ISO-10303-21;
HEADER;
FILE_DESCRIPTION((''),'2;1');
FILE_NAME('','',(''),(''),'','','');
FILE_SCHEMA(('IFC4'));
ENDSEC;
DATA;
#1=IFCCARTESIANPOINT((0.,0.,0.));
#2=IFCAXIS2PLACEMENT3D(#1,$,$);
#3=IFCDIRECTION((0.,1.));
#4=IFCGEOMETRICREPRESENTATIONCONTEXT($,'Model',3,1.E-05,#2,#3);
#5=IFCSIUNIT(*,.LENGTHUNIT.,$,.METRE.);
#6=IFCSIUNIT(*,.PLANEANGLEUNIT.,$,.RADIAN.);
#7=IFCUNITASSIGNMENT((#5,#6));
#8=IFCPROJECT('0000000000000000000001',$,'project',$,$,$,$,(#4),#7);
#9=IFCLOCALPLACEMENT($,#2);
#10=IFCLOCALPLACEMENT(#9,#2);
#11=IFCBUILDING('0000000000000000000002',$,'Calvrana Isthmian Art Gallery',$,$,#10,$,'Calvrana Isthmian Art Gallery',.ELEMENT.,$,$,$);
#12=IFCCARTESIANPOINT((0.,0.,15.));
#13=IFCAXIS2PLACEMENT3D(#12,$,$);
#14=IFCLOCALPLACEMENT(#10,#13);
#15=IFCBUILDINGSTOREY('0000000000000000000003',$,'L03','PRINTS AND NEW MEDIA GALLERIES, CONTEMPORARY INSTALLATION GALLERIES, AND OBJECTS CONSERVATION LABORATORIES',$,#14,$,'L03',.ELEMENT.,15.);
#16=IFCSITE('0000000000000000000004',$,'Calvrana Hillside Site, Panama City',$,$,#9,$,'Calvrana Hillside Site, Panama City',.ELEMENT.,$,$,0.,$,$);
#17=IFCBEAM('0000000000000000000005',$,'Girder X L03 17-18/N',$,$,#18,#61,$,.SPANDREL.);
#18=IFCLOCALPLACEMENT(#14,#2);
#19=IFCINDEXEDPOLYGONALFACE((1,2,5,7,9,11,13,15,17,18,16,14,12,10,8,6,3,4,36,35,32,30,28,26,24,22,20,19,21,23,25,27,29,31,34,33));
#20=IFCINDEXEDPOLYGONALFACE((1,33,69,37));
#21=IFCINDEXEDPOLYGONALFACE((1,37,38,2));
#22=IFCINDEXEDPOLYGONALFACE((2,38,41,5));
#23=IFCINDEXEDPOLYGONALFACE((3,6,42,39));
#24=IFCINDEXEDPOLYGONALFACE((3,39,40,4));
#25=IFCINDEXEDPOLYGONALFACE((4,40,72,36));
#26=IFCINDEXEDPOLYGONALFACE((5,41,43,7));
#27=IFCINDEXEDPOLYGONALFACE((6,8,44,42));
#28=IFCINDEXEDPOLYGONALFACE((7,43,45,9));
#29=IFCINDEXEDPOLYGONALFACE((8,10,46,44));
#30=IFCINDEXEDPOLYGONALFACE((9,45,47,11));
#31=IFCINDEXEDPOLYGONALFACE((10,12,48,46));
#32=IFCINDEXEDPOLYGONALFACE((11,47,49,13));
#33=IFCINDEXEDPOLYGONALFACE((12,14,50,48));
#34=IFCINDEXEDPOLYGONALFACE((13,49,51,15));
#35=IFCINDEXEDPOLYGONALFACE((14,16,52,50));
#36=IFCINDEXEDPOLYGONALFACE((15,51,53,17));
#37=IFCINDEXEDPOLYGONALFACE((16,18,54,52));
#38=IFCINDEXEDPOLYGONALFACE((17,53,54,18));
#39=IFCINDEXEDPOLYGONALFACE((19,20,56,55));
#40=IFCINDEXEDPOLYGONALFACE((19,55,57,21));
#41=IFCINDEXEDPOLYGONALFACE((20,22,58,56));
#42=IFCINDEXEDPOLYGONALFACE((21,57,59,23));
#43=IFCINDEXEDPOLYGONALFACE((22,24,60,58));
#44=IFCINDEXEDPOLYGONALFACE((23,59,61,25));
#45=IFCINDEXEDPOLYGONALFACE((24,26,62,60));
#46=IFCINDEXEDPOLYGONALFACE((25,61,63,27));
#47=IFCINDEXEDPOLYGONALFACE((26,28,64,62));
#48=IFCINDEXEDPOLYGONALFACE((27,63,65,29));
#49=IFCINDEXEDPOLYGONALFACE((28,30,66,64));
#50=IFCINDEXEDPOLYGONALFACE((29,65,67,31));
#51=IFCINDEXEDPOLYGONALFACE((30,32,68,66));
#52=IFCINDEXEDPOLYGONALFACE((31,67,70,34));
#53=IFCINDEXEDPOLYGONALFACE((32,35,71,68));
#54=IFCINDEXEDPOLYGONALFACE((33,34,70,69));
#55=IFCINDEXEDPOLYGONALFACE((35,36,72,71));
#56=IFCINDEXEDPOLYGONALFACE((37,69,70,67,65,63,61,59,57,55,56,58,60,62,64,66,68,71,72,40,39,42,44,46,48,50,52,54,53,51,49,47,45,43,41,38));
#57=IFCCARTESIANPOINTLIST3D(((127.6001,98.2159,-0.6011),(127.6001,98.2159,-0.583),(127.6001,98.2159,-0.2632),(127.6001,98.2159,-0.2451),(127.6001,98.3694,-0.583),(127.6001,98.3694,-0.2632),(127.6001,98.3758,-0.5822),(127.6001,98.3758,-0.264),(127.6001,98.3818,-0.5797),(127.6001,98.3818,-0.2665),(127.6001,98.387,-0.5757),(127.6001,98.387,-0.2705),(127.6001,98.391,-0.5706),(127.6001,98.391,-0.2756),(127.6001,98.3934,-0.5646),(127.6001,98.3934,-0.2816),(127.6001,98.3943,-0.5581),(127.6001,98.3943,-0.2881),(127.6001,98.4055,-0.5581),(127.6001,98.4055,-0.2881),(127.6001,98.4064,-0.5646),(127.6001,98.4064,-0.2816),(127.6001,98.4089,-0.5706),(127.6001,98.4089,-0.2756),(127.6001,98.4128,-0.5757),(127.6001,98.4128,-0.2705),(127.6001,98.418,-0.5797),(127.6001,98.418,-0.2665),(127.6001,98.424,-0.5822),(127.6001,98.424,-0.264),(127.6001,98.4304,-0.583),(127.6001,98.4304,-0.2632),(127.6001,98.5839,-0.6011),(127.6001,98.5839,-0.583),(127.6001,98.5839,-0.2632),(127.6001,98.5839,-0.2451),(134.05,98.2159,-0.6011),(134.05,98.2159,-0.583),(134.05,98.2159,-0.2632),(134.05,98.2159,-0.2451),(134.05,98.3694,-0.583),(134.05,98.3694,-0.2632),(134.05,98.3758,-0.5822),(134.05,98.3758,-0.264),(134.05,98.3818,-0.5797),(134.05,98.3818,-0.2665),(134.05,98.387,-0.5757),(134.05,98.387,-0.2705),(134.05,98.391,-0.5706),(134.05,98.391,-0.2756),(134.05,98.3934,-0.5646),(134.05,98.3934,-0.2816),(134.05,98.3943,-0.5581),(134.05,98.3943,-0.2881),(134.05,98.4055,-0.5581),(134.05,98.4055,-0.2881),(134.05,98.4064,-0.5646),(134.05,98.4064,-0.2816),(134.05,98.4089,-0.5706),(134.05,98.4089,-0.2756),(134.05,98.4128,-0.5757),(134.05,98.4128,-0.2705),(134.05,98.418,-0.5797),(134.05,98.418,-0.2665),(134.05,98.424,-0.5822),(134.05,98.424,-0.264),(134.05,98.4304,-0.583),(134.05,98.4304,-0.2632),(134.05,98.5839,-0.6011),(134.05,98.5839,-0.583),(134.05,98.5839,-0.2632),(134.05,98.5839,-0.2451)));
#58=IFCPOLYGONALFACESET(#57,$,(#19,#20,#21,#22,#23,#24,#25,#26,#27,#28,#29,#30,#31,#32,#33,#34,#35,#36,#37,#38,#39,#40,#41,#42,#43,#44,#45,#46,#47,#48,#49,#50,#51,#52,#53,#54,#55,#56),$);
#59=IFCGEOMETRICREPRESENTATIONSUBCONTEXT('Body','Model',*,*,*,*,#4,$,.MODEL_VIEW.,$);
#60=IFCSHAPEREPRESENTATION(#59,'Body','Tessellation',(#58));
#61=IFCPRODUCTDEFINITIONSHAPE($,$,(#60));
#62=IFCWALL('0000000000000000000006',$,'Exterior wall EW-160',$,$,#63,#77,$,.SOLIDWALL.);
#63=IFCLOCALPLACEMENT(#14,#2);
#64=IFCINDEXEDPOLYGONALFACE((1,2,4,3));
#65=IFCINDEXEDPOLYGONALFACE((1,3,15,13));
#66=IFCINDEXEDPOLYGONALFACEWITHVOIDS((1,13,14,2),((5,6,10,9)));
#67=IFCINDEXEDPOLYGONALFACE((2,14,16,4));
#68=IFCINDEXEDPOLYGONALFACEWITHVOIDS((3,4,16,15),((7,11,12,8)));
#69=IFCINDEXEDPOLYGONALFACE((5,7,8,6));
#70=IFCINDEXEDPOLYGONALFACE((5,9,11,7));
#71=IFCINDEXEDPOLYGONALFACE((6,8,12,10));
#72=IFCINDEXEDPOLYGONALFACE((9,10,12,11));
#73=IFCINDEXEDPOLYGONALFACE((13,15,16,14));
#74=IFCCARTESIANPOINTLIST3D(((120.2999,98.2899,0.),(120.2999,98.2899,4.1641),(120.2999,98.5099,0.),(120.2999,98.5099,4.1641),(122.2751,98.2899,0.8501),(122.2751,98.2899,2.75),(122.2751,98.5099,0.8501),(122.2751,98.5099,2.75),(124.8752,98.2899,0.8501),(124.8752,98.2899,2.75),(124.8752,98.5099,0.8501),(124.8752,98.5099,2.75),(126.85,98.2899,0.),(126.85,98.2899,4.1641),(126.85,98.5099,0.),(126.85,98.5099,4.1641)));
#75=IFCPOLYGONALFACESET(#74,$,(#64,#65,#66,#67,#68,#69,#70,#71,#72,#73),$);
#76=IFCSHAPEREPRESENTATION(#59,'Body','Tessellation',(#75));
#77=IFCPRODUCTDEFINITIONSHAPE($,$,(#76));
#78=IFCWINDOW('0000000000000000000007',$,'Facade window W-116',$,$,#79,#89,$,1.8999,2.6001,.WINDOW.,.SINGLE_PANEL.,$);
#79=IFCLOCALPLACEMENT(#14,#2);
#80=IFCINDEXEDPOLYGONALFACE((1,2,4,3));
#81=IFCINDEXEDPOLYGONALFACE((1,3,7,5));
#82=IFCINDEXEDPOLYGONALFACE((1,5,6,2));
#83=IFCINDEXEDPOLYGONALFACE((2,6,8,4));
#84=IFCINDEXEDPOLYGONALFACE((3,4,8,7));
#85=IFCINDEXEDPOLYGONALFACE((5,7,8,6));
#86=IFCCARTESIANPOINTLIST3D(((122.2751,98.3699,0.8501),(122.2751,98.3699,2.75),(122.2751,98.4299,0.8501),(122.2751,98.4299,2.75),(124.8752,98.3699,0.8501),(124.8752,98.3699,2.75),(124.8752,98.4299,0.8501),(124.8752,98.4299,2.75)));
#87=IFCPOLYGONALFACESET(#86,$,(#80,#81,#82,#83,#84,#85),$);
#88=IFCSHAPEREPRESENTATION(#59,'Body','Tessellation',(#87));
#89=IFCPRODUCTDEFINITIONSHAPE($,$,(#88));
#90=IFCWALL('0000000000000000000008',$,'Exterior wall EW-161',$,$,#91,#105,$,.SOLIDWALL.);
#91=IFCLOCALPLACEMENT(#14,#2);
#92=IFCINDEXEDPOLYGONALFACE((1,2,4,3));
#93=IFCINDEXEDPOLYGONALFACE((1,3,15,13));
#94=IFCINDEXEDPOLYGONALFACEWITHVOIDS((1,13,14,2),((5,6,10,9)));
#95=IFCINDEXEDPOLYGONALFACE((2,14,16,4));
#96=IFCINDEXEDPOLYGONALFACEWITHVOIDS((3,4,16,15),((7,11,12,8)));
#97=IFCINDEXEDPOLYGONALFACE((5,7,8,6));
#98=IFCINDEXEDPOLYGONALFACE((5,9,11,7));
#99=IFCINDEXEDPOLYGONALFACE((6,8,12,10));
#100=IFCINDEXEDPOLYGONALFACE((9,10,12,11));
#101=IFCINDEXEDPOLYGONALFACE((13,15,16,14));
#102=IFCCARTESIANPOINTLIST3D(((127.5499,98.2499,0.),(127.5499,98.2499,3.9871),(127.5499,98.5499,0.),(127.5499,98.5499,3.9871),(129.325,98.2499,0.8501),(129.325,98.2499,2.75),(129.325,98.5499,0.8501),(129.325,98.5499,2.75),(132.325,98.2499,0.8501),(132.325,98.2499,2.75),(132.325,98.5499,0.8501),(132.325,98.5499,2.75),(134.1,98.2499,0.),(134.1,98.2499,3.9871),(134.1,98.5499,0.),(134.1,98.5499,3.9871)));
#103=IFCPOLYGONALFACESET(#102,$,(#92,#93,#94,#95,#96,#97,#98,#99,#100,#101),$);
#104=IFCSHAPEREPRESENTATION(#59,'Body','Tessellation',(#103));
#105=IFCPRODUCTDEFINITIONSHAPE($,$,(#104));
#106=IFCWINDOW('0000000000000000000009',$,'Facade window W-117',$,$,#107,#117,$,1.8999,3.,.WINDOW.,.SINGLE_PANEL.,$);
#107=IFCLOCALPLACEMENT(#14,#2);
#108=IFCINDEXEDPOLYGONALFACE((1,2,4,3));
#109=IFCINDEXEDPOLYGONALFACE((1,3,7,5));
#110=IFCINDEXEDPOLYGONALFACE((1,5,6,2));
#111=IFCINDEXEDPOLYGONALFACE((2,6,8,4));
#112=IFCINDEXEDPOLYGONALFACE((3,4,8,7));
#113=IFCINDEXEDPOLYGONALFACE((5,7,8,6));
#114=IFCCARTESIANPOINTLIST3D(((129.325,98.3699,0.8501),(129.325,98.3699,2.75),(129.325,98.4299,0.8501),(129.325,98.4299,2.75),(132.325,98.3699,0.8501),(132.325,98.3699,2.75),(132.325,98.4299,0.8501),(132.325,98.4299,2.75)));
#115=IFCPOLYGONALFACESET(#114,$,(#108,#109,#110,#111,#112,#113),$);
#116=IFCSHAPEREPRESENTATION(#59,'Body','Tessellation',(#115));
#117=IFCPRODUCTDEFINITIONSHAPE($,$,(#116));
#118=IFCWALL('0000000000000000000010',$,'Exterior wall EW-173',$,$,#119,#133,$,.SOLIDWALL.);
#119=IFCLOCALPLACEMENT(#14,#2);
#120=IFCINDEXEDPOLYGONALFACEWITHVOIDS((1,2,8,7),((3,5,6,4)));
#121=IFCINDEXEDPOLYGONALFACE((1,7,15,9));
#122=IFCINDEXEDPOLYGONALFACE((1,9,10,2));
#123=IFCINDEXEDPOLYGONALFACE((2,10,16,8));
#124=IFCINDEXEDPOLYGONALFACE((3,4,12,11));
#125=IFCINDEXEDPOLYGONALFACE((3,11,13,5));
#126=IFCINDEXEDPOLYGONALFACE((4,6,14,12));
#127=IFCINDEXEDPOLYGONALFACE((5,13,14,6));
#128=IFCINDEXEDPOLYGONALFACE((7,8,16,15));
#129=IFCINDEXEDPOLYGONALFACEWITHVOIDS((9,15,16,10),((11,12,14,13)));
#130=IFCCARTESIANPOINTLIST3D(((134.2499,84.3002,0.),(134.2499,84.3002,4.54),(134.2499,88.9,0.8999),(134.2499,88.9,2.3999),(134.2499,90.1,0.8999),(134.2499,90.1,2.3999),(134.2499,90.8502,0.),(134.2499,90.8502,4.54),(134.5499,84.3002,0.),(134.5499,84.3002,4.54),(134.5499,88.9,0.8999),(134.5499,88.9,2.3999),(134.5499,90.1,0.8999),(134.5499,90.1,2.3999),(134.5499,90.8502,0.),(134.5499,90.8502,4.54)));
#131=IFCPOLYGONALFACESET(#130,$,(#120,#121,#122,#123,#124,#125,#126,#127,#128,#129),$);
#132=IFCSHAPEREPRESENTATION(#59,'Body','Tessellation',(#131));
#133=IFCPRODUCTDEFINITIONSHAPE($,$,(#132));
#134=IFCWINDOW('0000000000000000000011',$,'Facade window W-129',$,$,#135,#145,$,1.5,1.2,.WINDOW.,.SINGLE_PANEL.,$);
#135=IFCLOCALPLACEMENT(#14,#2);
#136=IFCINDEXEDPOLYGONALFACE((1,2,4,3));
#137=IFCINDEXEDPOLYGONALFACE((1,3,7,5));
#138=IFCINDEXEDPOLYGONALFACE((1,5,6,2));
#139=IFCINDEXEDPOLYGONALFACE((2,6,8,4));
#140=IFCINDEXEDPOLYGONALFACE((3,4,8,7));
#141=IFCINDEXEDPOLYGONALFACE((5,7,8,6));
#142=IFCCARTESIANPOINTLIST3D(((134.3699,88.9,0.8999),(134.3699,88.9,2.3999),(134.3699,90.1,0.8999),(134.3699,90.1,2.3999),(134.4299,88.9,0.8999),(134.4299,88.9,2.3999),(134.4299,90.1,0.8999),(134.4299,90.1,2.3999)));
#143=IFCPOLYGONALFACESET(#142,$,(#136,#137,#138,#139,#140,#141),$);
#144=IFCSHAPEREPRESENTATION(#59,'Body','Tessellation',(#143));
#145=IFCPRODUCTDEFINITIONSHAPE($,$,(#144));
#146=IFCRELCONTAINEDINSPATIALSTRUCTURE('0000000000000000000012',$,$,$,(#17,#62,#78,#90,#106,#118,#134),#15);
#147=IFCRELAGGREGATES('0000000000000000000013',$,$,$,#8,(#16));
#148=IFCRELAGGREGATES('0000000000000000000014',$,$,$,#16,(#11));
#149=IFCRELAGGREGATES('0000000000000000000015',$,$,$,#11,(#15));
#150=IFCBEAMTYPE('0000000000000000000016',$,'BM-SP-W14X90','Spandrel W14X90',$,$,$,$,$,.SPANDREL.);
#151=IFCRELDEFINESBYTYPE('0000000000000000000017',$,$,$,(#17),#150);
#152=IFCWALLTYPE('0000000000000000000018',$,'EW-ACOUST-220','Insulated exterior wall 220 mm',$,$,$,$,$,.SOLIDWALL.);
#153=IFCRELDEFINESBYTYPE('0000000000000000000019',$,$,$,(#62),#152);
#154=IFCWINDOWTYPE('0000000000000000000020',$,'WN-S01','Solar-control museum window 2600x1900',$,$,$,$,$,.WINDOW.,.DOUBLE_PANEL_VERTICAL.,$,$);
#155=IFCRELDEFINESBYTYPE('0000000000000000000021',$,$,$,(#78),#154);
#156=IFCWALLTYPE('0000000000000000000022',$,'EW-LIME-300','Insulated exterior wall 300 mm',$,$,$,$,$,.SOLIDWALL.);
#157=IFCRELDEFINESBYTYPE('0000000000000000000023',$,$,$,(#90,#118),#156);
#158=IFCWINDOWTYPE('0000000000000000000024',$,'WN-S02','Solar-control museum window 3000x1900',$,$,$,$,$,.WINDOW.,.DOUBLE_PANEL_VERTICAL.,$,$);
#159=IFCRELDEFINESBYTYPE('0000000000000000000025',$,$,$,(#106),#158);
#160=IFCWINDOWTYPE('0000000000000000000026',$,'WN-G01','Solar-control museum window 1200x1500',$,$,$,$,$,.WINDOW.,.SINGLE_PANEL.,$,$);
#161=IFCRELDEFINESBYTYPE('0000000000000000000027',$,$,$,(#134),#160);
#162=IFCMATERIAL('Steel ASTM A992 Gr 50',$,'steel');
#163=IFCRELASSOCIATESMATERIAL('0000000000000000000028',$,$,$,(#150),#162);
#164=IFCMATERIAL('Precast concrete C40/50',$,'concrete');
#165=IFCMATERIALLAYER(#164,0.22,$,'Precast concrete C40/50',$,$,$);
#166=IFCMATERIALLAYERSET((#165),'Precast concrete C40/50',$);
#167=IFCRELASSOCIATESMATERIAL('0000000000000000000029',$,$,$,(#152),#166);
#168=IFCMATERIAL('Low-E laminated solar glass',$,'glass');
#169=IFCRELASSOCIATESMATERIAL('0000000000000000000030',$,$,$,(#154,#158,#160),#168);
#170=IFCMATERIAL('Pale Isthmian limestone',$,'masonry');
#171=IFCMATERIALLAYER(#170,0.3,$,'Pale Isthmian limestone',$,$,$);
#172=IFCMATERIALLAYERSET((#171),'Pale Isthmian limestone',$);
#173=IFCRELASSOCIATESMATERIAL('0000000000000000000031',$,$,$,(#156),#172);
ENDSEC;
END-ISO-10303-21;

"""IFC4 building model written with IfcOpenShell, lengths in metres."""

from ifc_helpers import new_model, si_unit, direction, frame, frame_2d, origin, origin_2d, place, context, subcontext, project, spatial, rectangle, i_section, extrude, material, layer, layer_set, material_profile, profile_set, type_object, element, fill, save


model = new_model("IFC4")

# Units and contexts
model_context = context("Model", 3, precision=1e-05, world=origin(), true_north=direction((0.0, 1.0)))
body_context = subcontext(model_context, "Body", "Model", "MODEL_VIEW")
ifc_project = project(units=[si_unit("LENGTHUNIT", "METRE"), si_unit("PLANEANGLEUNIT", "RADIAN")], contexts=[model_context])

# Site, building, storey
site_placement = place(None, origin())
site = spatial("IfcSite", under=ifc_project, at=site_placement, Name="Calvrana Hillside Site, Panama City", LongName="Calvrana Hillside Site, Panama City", CompositionType="ELEMENT", RefElevation=0.0)
building_placement = place(site_placement, origin())
building = spatial("IfcBuilding", under=site, at=building_placement, Name="Calvrana Isthmian Art Gallery", LongName="Calvrana Isthmian Art Gallery", CompositionType="ELEMENT")
storey_placement = place(building_placement, frame((0.0, 0.0, 15.0)))
storey = spatial("IfcBuildingStorey", under=building, at=storey_placement, Name="L03", Description="PRINTS AND NEW MEDIA GALLERIES, CONTEMPORARY INSTALLATION GALLERIES, AND OBJECTS CONSERVATION LABORATORIES", LongName="L03", CompositionType="ELEMENT", Elevation=15.0)

# Beam
ifc_material_1 = material(Name="Steel ASTM A992 Gr 50", Category="steel")
ifc_material_profile_1 = material_profile(ifc_material_1, i_section(OverallWidth=0.3679, OverallDepth=0.356, WebThickness=0.0112, FlangeThickness=0.0181, FilletRadius=0.0249, at=origin_2d()), Name="W14X90")
ifc_profile_set_1 = profile_set([ifc_material_profile_1], Name="Steel ASTM A992 Gr 50")
beam_type_1 = type_object("IfcBeamType", Name="BM-SP-W14X90", Description="Spandrel W14X90", PredefinedType="SPANDREL", material=ifc_profile_set_1)
beam_1_placement = place(storey_placement, frame((127.6001, 98.3999, -0.4231), z_axis=(1.0, 0.0, 0.0), x_axis=(0.0, 1.0, 0.0)))
element("IfcBeam", 1, at=beam_1_placement, inside=storey, type_object=beam_type_1, Name="Girder X L03 17-18/N", PredefinedType="SPANDREL", context=body_context, shape_type="SweptSolid", body=[
    extrude(i_section(OverallWidth=0.3679, OverallDepth=0.356, WebThickness=0.0112, FlangeThickness=0.0181, FilletRadius=0.0249, at=origin_2d()), origin(), (0.0, 0.0, 1.0), 6.45),
])

# Walls, openings, windows
ifc_material_2 = material(Name="Precast concrete C40/50", Category="concrete")
ifc_layer_1 = layer(ifc_material_2, 0.22, Name="Precast concrete C40/50")
ifc_layer_set_1 = layer_set([ifc_layer_1], Name="Precast concrete C40/50")
wall_type_1 = type_object("IfcWallType", Name="EW-ACOUST-220", Description="Insulated exterior wall 220 mm", PredefinedType="SOLIDWALL", material=ifc_layer_set_1)
wall_1_placement = place(storey_placement, frame((120.3, 98.3999, 0.0), z_axis=(0.0, 0.0, 1.0), x_axis=(1.0, 0.0, 0.0)))
wall_1 = element("IfcWall", 2, at=wall_1_placement, inside=storey, type_object=wall_type_1, Name="Exterior wall EW-160", PredefinedType="SOLIDWALL", context=body_context, shape_type="SweptSolid", body=[
    extrude(rectangle(XDim=6.55, YDim=0.22, at=frame_2d((3.2749, 0.0))), origin(), (0.0, 0.0, 1.0), 4.1641),
])
opening_1_placement = place(wall_1_placement, frame((1.9751, 0.0, 0.8501)))
opening_1 = element("IfcOpeningElement", 3, at=opening_1_placement, cuts=wall_1, PredefinedType="OPENING", context=body_context, shape_type="SweptSolid", body=[
    extrude(rectangle(XDim=2.6001, YDim=1.8999, at=frame_2d((1.3, 0.95))), frame((0.0, 0.1201, 0.0), z_axis=(0.0, -1.0, 0.0), x_axis=(1.0, 0.0, 0.0)), (0.0, 0.0, 1.0), 0.2405),
])
ifc_material_3 = material(Name="Low-E laminated solar glass", Category="glass")
window_type_1 = type_object("IfcWindowType", Name="WN-S01", Description="Solar-control museum window 2600x1900", PartitioningType="DOUBLE_PANEL_VERTICAL", PredefinedType="WINDOW", material=ifc_material_3)
window_1_placement = place(opening_1_placement, origin())
window_1 = element("IfcWindow", 4, at=window_1_placement, inside=storey, type_object=window_type_1, Name="Facade window W-116", OverallHeight=1.8999, OverallWidth=2.6001, PartitioningType="SINGLE_PANEL", PredefinedType="WINDOW", context=body_context, shape_type="SweptSolid", body=[
    extrude(rectangle(XDim=2.6001, YDim=1.8999, at=frame_2d((1.3, 0.95))), frame((0.0, 0.03, 0.0), z_axis=(0.0, -1.0, 0.0), x_axis=(1.0, 0.0, 0.0)), (0.0, 0.0, 1.0), 0.0601),
])
fill(opening_1, window_1)
ifc_material_4 = material(Name="Pale Isthmian limestone", Category="masonry")
ifc_layer_2 = layer(ifc_material_4, 0.3, Name="Pale Isthmian limestone")
ifc_layer_set_2 = layer_set([ifc_layer_2], Name="Pale Isthmian limestone")
wall_type_2 = type_object("IfcWallType", Name="EW-LIME-300", Description="Insulated exterior wall 300 mm", PredefinedType="SOLIDWALL", material=ifc_layer_set_2)
wall_2_placement = place(storey_placement, frame((127.55, 98.3999, 0.0), z_axis=(0.0, 0.0, 1.0), x_axis=(1.0, 0.0, 0.0)))
wall_2 = element("IfcWall", 5, at=wall_2_placement, inside=storey, type_object=wall_type_2, Name="Exterior wall EW-161", PredefinedType="SOLIDWALL", context=body_context, shape_type="SweptSolid", body=[
    extrude(rectangle(XDim=6.55, YDim=0.3, at=frame_2d((3.2749, 0.0))), origin(), (0.0, 0.0, 1.0), 3.9871),
])
opening_2_placement = place(wall_2_placement, frame((1.7749, 0.0, 0.8501)))
opening_2 = element("IfcOpeningElement", 6, at=opening_2_placement, cuts=wall_2, PredefinedType="OPENING", context=body_context, shape_type="SweptSolid", body=[
    extrude(rectangle(XDim=3.0, YDim=1.8999, at=frame_2d((1.5, 0.95))), frame((0.0, 0.1602, 0.0), z_axis=(0.0, -1.0, 0.0), x_axis=(1.0, 0.0, 0.0)), (0.0, 0.0, 1.0), 0.3206),
])
window_type_2 = type_object("IfcWindowType", Name="WN-S02", Description="Solar-control museum window 3000x1900", PartitioningType="DOUBLE_PANEL_VERTICAL", PredefinedType="WINDOW", material=ifc_material_3)
window_2_placement = place(opening_2_placement, origin())
window_2 = element("IfcWindow", 7, at=window_2_placement, inside=storey, type_object=window_type_2, Name="Facade window W-117", OverallHeight=1.8999, OverallWidth=3.0, PartitioningType="SINGLE_PANEL", PredefinedType="WINDOW", context=body_context, shape_type="SweptSolid", body=[
    extrude(rectangle(XDim=3.0, YDim=1.8999, at=frame_2d((1.5, 0.95))), frame((0.0, 0.03, 0.0), z_axis=(0.0, -1.0, 0.0), x_axis=(1.0, 0.0, 0.0)), (0.0, 0.0, 1.0), 0.0601),
])
fill(opening_2, window_2)
wall_3_placement = place(storey_placement, frame((134.3999, 90.8501, 0.0), z_axis=(0.0, 0.0, 1.0), x_axis=(0.0, -1.0, 0.0)))
wall_3 = element("IfcWall", 8, at=wall_3_placement, inside=storey, type_object=wall_type_2, Name="Exterior wall EW-173", PredefinedType="SOLIDWALL", context=body_context, shape_type="SweptSolid", body=[
    extrude(rectangle(XDim=6.55, YDim=0.3, at=frame_2d((3.2749, 0.0))), origin(), (0.0, 0.0, 1.0), 4.54),
])
opening_3_placement = place(wall_3_placement, frame((0.75, 0.0, 0.8999)))
opening_3 = element("IfcOpeningElement", 9, at=opening_3_placement, cuts=wall_3, PredefinedType="OPENING", context=body_context, shape_type="SweptSolid", body=[
    extrude(rectangle(XDim=1.2, YDim=1.5, at=frame_2d((0.6001, 0.75))), frame((0.0, 0.1602, 0.0), z_axis=(0.0, -1.0, 0.0), x_axis=(1.0, 0.0, 0.0)), (0.0, 0.0, 1.0), 0.3206),
])
window_type_3 = type_object("IfcWindowType", Name="WN-G01", Description="Solar-control museum window 1200x1500", PartitioningType="SINGLE_PANEL", PredefinedType="WINDOW", material=ifc_material_3)
window_3_placement = place(opening_3_placement, origin())
window_3 = element("IfcWindow", 10, at=window_3_placement, inside=storey, type_object=window_type_3, Name="Facade window W-129", OverallHeight=1.5, OverallWidth=1.2, PartitioningType="SINGLE_PANEL", PredefinedType="WINDOW", context=body_context, shape_type="SweptSolid", body=[
    extrude(rectangle(XDim=1.2, YDim=1.5, at=frame_2d((0.6001, 0.75))), frame((0.0, 0.03, 0.0), z_axis=(0.0, -1.0, 0.0), x_axis=(1.0, 0.0, 0.0)), (0.0, 0.0, 1.0), 0.0601),
])
fill(opening_3, window_3)

save(model, "model.ifc")
